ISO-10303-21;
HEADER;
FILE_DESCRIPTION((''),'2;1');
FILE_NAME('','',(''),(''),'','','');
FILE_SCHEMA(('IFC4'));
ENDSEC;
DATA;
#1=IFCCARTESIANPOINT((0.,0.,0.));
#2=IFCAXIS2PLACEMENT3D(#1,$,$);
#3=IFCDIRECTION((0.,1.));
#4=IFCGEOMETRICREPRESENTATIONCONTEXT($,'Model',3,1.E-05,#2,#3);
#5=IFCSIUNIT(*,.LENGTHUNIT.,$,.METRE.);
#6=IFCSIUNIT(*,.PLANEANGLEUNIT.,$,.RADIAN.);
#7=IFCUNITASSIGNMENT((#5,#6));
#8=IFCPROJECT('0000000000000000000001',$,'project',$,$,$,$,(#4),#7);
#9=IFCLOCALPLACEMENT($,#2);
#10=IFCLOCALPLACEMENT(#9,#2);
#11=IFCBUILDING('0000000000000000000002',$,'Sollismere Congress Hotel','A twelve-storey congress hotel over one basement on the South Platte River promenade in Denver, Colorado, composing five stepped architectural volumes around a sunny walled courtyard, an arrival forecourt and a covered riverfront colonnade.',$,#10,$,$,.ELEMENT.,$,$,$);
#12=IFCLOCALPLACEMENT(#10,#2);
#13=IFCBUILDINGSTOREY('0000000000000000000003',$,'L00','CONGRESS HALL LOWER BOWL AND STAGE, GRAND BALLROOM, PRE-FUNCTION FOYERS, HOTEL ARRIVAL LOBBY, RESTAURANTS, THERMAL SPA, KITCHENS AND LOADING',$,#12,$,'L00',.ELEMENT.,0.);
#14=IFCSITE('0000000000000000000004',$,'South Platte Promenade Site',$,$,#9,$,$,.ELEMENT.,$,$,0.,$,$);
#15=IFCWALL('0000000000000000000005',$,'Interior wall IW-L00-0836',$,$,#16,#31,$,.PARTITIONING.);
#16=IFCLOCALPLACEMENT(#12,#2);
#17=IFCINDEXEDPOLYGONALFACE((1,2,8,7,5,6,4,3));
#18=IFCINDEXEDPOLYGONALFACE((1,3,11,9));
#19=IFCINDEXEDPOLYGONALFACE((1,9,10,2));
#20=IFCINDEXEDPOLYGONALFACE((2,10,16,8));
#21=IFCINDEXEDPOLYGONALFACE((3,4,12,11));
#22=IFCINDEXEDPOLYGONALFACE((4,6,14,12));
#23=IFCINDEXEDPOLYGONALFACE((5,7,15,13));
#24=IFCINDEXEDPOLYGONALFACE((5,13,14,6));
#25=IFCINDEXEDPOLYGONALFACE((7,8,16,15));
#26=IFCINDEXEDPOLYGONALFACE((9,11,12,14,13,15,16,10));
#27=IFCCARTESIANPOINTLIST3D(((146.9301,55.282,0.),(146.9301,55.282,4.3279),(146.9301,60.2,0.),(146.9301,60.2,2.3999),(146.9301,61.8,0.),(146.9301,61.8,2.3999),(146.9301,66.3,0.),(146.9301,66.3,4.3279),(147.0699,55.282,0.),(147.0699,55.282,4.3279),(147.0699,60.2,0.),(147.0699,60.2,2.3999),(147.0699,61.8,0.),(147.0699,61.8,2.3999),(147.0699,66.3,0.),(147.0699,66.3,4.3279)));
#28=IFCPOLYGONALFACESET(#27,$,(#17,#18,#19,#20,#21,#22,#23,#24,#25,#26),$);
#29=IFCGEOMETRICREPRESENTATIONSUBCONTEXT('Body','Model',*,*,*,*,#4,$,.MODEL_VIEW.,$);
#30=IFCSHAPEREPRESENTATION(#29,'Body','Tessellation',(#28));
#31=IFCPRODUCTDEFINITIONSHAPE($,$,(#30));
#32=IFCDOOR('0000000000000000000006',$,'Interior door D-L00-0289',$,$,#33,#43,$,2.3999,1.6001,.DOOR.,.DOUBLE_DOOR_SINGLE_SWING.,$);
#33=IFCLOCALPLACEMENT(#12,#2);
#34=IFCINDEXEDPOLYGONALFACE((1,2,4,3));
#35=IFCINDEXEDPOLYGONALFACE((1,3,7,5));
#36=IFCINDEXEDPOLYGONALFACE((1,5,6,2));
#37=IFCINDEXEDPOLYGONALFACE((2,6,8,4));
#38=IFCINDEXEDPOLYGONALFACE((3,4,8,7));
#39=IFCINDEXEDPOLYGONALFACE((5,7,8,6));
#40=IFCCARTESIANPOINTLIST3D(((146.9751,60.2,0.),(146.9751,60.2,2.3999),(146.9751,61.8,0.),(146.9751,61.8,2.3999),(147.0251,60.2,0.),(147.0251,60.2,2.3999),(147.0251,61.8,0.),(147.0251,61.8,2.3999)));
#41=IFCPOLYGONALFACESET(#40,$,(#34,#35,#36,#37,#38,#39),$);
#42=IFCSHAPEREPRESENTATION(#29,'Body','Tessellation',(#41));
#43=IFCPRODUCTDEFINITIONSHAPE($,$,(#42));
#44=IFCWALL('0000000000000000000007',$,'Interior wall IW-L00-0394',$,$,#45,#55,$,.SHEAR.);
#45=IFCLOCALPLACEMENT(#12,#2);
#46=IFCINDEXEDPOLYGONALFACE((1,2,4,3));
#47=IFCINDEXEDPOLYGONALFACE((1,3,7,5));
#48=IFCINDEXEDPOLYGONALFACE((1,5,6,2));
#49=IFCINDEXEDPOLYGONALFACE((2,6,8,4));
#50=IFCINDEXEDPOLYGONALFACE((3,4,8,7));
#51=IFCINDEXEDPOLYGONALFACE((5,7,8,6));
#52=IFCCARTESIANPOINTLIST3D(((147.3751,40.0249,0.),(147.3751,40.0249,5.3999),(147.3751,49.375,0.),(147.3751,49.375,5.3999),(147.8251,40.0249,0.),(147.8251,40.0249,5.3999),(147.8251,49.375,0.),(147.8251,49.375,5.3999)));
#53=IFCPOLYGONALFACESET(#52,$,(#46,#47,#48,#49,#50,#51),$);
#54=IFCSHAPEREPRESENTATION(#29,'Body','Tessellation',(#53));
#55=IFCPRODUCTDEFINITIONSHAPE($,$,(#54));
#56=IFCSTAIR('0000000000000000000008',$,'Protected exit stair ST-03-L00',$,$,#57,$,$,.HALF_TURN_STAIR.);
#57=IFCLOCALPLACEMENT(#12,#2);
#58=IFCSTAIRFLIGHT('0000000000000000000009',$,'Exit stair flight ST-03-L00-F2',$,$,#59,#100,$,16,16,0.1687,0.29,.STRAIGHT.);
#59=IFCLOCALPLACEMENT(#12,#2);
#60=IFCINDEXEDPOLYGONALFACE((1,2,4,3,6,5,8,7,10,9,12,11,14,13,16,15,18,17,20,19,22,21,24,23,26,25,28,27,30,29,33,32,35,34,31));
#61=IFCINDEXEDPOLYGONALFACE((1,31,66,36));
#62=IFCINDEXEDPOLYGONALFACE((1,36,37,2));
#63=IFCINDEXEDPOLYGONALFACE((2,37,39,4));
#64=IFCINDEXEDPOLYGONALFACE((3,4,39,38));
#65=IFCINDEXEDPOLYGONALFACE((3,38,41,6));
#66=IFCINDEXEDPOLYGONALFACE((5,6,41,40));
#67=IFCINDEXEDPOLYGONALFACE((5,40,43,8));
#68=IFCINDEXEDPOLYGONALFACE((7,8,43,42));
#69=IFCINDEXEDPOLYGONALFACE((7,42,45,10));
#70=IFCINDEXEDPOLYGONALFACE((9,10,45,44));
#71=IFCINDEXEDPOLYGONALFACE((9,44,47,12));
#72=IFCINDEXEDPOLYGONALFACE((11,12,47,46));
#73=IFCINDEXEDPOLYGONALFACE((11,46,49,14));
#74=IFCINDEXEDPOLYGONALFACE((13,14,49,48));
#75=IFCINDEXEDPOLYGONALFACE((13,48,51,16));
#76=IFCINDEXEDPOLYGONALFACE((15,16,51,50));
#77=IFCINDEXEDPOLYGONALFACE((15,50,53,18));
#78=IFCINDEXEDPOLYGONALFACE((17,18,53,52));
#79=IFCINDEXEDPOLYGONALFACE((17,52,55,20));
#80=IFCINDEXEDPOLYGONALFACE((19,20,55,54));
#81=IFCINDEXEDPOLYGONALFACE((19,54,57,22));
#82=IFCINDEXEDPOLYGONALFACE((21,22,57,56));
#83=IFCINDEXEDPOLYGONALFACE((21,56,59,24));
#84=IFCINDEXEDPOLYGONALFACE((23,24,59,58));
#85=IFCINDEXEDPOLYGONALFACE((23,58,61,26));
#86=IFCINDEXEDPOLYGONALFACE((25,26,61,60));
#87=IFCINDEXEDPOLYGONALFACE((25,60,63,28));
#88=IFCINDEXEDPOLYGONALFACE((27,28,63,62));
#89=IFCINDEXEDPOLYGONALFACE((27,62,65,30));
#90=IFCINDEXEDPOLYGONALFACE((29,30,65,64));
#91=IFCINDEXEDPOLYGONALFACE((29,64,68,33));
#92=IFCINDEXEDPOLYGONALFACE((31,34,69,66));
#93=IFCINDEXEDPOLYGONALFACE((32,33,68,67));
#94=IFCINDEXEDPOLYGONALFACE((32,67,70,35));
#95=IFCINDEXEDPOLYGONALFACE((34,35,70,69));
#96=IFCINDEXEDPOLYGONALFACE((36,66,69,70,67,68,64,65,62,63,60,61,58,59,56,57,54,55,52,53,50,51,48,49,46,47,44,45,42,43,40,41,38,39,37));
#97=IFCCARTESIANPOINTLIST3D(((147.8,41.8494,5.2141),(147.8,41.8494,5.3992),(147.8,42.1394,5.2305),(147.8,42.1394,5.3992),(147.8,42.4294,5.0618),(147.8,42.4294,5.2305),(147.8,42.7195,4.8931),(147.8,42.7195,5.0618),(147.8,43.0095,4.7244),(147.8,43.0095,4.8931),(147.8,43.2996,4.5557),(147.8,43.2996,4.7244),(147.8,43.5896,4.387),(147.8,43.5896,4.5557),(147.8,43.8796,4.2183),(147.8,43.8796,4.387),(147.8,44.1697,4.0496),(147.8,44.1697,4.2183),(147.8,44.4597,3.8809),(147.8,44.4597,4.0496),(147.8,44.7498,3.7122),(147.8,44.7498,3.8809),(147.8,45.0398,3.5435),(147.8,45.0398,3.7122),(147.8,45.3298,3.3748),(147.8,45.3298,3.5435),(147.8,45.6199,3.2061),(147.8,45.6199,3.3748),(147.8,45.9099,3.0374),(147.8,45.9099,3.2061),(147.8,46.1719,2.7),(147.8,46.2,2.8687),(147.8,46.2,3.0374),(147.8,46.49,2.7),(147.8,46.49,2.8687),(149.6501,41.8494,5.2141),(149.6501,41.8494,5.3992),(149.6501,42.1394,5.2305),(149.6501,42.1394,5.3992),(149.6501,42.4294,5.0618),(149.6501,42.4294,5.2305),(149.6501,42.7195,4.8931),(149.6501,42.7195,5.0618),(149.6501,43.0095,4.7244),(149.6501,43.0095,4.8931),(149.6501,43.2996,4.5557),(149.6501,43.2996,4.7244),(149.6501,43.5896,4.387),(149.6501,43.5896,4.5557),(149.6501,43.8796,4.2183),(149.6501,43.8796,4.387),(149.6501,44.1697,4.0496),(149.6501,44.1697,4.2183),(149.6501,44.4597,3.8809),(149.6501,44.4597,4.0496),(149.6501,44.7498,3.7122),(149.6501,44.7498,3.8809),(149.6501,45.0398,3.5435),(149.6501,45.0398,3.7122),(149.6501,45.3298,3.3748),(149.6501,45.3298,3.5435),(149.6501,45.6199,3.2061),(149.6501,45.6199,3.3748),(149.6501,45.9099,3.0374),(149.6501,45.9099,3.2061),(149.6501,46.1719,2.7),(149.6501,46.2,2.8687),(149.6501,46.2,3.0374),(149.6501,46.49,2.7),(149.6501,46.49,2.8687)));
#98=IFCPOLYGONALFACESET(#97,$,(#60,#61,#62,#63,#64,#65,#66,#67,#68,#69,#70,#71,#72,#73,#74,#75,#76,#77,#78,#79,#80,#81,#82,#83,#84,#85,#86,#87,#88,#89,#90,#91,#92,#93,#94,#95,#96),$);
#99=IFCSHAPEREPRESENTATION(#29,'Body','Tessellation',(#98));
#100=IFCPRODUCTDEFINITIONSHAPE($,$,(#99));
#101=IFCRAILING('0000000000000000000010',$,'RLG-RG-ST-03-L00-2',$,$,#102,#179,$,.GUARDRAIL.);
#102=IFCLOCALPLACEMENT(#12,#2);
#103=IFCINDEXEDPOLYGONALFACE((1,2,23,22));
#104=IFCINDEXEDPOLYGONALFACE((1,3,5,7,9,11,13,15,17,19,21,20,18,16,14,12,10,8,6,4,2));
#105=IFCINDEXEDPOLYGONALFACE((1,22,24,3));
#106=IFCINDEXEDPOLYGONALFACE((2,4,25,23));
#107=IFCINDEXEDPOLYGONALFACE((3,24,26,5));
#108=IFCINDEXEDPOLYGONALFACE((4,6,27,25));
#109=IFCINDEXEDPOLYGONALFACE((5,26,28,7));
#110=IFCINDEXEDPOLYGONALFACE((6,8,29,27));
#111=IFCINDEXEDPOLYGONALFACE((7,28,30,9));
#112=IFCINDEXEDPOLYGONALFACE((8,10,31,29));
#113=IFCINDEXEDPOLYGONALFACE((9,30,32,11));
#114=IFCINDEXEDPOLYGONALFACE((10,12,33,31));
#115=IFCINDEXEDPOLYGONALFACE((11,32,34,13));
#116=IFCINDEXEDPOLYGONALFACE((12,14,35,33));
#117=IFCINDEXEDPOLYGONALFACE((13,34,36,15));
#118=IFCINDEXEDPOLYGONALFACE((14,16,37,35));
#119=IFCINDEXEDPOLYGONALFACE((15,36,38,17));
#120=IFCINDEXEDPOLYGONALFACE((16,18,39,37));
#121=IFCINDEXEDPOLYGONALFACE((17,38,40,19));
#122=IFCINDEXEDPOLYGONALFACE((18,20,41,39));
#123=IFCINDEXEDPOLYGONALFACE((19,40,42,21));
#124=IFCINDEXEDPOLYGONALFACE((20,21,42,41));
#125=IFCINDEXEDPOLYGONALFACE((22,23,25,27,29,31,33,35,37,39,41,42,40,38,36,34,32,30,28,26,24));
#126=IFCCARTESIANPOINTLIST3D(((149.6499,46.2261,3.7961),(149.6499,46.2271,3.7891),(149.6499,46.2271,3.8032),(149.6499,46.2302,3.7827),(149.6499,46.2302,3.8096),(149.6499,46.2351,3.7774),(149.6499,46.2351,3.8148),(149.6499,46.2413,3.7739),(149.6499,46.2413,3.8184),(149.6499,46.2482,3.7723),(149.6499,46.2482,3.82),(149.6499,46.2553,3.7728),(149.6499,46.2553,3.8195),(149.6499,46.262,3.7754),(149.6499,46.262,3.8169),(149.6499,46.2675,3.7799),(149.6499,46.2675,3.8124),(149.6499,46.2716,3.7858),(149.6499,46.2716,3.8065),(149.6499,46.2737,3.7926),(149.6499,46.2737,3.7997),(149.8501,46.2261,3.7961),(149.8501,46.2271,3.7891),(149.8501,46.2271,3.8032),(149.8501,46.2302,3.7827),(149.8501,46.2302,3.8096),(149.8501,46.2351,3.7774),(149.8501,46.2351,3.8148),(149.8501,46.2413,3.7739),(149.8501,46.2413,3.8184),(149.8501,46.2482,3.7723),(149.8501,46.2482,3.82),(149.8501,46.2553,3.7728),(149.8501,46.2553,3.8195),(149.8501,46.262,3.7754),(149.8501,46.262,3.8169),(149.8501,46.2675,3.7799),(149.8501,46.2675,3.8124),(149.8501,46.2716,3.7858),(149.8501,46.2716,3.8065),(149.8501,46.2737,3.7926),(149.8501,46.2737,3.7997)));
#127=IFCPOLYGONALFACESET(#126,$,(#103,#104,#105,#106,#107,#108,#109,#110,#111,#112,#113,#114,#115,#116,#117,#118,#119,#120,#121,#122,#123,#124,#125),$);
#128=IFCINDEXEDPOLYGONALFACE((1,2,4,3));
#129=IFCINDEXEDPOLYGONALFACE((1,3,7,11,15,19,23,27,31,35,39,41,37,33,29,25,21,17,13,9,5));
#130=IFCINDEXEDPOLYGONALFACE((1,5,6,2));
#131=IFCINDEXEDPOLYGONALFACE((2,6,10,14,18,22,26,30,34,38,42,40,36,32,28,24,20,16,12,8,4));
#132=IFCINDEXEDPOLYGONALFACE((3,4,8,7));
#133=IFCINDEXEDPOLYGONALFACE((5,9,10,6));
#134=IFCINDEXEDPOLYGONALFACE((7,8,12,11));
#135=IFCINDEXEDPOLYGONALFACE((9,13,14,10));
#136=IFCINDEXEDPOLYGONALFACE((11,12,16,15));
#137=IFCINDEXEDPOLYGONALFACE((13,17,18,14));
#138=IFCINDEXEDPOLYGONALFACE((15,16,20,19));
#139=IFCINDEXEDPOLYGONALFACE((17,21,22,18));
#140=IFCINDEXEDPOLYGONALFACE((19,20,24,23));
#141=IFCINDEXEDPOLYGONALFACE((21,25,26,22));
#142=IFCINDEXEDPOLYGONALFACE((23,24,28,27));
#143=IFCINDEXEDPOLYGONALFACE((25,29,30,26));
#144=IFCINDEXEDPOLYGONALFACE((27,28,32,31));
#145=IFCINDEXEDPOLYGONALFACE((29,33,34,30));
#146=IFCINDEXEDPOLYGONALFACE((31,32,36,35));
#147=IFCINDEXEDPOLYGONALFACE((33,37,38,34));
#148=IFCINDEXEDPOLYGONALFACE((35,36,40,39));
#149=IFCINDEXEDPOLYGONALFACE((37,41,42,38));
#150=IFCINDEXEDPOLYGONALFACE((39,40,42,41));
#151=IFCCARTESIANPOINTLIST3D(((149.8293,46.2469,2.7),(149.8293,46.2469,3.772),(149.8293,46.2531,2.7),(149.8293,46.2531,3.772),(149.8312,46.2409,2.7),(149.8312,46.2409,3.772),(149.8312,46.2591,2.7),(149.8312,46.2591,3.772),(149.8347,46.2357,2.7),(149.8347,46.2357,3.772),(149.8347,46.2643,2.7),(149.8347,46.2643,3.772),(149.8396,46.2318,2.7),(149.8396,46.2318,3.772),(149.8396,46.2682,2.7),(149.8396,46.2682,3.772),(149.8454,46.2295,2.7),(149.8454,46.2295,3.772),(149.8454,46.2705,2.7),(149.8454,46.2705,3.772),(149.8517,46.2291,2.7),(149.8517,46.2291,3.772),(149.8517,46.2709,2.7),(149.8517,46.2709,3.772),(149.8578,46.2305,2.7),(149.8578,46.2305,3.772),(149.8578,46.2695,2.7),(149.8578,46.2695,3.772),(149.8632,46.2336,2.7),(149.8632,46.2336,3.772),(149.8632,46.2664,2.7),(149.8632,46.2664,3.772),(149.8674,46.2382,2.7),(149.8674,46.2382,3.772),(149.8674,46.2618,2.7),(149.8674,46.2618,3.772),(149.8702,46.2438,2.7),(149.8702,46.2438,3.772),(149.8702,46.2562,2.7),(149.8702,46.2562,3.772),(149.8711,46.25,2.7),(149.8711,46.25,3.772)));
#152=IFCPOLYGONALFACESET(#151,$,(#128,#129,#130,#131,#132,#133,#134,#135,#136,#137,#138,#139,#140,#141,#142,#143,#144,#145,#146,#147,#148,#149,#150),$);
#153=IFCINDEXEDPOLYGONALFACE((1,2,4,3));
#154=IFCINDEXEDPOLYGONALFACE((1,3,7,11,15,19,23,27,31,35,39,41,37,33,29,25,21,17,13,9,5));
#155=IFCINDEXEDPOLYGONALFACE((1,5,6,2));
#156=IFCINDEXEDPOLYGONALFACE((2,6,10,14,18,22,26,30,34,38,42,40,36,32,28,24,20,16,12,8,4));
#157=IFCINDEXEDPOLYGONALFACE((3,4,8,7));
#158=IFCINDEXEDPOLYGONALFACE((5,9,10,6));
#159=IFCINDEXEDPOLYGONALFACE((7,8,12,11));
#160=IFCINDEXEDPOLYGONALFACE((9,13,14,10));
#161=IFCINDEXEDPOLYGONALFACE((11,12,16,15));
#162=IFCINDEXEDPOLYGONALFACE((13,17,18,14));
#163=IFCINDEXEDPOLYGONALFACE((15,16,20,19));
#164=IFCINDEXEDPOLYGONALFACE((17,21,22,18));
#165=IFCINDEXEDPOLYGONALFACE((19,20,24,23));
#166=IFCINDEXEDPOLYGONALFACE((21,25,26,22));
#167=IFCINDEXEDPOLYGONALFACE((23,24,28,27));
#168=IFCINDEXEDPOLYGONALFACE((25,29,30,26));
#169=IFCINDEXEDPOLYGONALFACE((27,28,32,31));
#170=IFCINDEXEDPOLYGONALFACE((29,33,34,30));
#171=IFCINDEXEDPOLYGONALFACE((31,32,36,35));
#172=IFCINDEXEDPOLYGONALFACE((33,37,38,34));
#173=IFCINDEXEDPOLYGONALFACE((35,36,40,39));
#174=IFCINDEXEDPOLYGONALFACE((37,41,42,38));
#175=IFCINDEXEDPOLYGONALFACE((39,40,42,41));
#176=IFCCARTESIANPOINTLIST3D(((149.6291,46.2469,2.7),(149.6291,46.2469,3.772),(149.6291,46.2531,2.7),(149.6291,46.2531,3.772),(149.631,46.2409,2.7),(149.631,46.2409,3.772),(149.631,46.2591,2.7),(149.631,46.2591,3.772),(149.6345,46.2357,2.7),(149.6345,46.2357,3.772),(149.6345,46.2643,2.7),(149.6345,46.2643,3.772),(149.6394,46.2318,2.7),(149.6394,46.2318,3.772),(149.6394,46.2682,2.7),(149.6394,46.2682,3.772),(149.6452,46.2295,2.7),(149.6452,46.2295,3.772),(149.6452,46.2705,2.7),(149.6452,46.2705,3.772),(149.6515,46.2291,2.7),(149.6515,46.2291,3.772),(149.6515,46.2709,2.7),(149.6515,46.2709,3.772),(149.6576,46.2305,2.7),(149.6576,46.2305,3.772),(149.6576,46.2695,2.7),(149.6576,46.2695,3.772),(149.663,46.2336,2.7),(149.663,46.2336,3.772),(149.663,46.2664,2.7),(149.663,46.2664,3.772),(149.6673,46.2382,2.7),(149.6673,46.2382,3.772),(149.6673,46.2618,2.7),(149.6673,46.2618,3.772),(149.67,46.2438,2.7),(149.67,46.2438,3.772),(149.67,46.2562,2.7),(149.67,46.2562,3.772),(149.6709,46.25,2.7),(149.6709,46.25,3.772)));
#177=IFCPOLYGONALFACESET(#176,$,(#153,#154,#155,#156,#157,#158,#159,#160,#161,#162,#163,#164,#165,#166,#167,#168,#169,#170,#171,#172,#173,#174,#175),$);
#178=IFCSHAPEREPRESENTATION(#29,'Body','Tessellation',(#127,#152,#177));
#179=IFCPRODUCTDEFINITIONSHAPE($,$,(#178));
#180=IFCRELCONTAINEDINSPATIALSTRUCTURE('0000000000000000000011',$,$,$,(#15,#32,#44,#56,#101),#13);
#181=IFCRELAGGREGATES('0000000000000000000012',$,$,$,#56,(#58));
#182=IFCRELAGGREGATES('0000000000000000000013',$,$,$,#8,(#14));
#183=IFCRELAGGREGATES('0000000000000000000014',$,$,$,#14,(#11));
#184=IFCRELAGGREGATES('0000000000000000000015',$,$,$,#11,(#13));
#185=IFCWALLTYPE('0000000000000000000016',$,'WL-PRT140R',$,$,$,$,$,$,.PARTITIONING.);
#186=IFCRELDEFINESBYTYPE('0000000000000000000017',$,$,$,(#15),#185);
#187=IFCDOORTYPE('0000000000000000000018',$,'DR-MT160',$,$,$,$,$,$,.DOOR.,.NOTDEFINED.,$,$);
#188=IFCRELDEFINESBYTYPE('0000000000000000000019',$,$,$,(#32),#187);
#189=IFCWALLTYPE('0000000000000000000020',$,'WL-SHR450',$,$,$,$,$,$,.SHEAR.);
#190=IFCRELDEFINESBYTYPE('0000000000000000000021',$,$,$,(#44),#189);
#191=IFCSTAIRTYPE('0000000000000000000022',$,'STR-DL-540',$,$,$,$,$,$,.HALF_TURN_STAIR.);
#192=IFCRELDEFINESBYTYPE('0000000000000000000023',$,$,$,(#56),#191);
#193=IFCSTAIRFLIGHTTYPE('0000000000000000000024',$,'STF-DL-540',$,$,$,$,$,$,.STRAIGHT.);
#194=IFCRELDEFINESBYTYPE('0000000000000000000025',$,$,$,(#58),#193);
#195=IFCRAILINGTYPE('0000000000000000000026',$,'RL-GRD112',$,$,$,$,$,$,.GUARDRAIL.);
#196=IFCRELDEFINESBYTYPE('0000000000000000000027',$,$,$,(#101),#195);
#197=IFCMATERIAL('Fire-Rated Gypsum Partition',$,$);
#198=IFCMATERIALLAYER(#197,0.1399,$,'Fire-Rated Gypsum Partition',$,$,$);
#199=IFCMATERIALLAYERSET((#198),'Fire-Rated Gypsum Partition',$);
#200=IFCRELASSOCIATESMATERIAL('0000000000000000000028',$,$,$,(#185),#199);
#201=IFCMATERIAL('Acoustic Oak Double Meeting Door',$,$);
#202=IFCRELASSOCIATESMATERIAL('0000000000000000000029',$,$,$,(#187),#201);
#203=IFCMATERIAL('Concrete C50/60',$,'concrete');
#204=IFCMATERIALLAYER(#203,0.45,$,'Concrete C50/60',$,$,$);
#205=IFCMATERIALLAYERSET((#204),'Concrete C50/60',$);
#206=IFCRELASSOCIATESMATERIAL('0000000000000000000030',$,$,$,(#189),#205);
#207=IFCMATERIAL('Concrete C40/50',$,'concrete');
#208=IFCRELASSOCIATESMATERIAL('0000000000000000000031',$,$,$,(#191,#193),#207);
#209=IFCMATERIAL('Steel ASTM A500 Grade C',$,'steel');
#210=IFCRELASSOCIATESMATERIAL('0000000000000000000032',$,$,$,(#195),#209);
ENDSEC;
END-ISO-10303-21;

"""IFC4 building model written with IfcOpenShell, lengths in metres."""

from ifc_helpers import new_model, si_unit, direction, frame, frame_2d, origin, origin_2d, place, context, subcontext, project, spatial, polyline, rectangle, circle, outline, extrude, material, layer, layer_set, type_object, element, fill, aggregate, save


model = new_model("IFC4")

# Units and contexts
model_context = context("Model", 3, precision=1e-05, world=origin(), true_north=direction((0.0, 1.0)))
body_context = subcontext(model_context, "Body", "Model", "MODEL_VIEW")
ifc_project = project(units=[si_unit("LENGTHUNIT", "METRE"), si_unit("PLANEANGLEUNIT", "RADIAN")], contexts=[model_context])

# Site, building, storey
site_placement = place(None, origin())
site = spatial("IfcSite", under=ifc_project, at=site_placement, Name="South Platte Promenade Site", CompositionType="ELEMENT", RefElevation=0.0)
building_placement = place(site_placement, origin())
building = spatial("IfcBuilding", under=site, at=building_placement, Name="Sollismere Congress Hotel", Description="A twelve-storey congress hotel over one basement on the South Platte River promenade in Denver, Colorado, composing five stepped architectural volumes around a sunny walled courtyard, an arrival forecourt and a covered riverfront colonnade.", CompositionType="ELEMENT")
storey_placement = place(building_placement, origin())
storey = spatial("IfcBuildingStorey", under=building, at=storey_placement, Name="L00", Description="CONGRESS HALL LOWER BOWL AND STAGE, GRAND BALLROOM, PRE-FUNCTION FOYERS, HOTEL ARRIVAL LOBBY, RESTAURANTS, THERMAL SPA, KITCHENS AND LOADING", LongName="L00", CompositionType="ELEMENT", Elevation=0.0)

# Wall, opening, door
ifc_material_1 = material(Name="Fire-Rated Gypsum Partition")
ifc_layer_1 = layer(ifc_material_1, 0.1399, Name="Fire-Rated Gypsum Partition")
ifc_layer_set_1 = layer_set([ifc_layer_1], Name="Fire-Rated Gypsum Partition")
wall_type_1 = type_object("IfcWallType", Name="WL-PRT140R", PredefinedType="PARTITIONING", material=ifc_layer_set_1)
ifc_material_2 = material(Name="Acoustic Oak Double Meeting Door")
door_type = type_object("IfcDoorType", Name="DR-MT160", OperationType="NOTDEFINED", PredefinedType="DOOR", material=ifc_material_2)
wall_1_placement = place(storey_placement, frame((147.0, 55.282, 0.0), z_axis=(0.0, 0.0, 1.0), x_axis=(0.0, 1.0, 0.0)))
wall_1 = element("IfcWall", 1, at=wall_1_placement, inside=storey, type_object=wall_type_1, Name="Interior wall IW-L00-0836", PredefinedType="PARTITIONING", context=body_context, shape_type="SweptSolid", body=[
    extrude(rectangle(XDim=11.0181, YDim=0.1399, at=frame_2d((5.509, 0.0))), origin(), (0.0, 0.0, 1.0), 4.3279),
])
opening_1_placement = place(wall_1_placement, frame((4.918, 0.0, 0.0)))
opening_1 = element("IfcOpeningElement", 2, at=opening_1_placement, cuts=wall_1, PredefinedType="OPENING", context=body_context, shape_type="SweptSolid", body=[
    extrude(rectangle(XDim=1.6001, YDim=2.3999, at=frame_2d((0.8, 1.2))), frame((0.0, 0.0798, 0.0), z_axis=(0.0, -1.0, 0.0), x_axis=(1.0, 0.0, 0.0)), (0.0, 0.0, 1.0), 0.1599),
])
door_1_placement = place(opening_1_placement, origin())
door_1 = element("IfcDoor", 3, at=door_1_placement, inside=storey, type_object=door_type, Name="Interior door D-L00-0289", OperationType="DOUBLE_DOOR_SINGLE_SWING", OverallHeight=2.3999, OverallWidth=1.6001, PredefinedType="DOOR", context=body_context, shape_type="SweptSolid", body=[
    extrude(rectangle(XDim=1.6001, YDim=2.3999, at=frame_2d((0.8, 1.2))), frame((0.0, 0.0249, 0.0), z_axis=(0.0, -1.0, 0.0), x_axis=(1.0, 0.0, 0.0)), (0.0, 0.0, 1.0), 0.05),
])
fill(opening_1, door_1)

# Wall
ifc_material_3 = material(Name="Concrete C50/60", Category="concrete")
ifc_layer_2 = layer(ifc_material_3, 0.45, Name="Concrete C50/60")
ifc_layer_set_2 = layer_set([ifc_layer_2], Name="Concrete C50/60")
wall_type_2 = type_object("IfcWallType", Name="WL-SHR450", PredefinedType="SHEAR", material=ifc_layer_set_2)
wall_2_placement = place(storey_placement, frame((147.6001, 49.375, 0.0), z_axis=(0.0, 0.0, 1.0), x_axis=(0.0, -1.0, 0.0)))
element("IfcWall", 4, at=wall_2_placement, inside=storey, type_object=wall_type_2, Name="Interior wall IW-L00-0394", PredefinedType="SHEAR", context=body_context, shape_type="SweptSolid", body=[
    extrude(rectangle(XDim=9.3501, YDim=0.45, at=frame_2d((4.675, 0.0))), origin(), (0.0, 0.0, 1.0), 5.3999),
])

# Stair, stair flight
ifc_material_4 = material(Name="Concrete C40/50", Category="concrete")
stair_type = type_object("IfcStairType", Name="STR-DL-540", PredefinedType="HALF_TURN_STAIR", material=ifc_material_4)
stair_placement = place(storey_placement, origin())
stair = element("IfcStair", 5, at=stair_placement, inside=storey, type_object=stair_type, Name="Protected exit stair ST-03-L00", PredefinedType="HALF_TURN_STAIR")
stair_flight_type = type_object("IfcStairFlightType", Name="STF-DL-540", PredefinedType="STRAIGHT", material=ifc_material_4)
stair_flight_placement = place(storey_placement, frame((148.7251, 46.49, 2.7), z_axis=(0.0, 0.0, 1.0), x_axis=(0.0, -1.0, 0.0)))
stair_flight = element("IfcStairFlight", 6, at=stair_flight_placement, type_object=stair_flight_type, Name="Exit stair flight ST-03-L00-F2", NumberOfRisers=16, NumberOfTreads=16, PredefinedType="STRAIGHT", RiserHeight=0.1687, TreadLength=0.29, context=body_context, shape_type="SweptSolid", body=[
    extrude(outline(polyline([(0.0, 0.0), (0.0, 0.1687), (0.29, 0.1687), (0.29, 0.3374), (0.5801, 0.3374), (0.5801, 0.5061), (0.8701, 0.5061), (0.8701, 0.6748), (1.1602, 0.6748), (1.1602, 0.8435), (1.4502, 0.8435), (1.4502, 1.0122), (1.7402, 1.0122), (1.7402, 1.1809), (2.0303, 1.1809), (2.0303, 1.3496), (2.3203, 1.3496), (2.3203, 1.5183), (2.6104, 1.5183), (2.6104, 1.687), (2.9004, 1.687), (2.9004, 1.8557), (3.1904, 1.8557), (3.1904, 2.0244), (3.4805, 2.0244), (3.4805, 2.1931), (3.7705, 2.1931), (3.7705, 2.3618), (4.0605, 2.3618), (4.0605, 2.5305), (4.3506, 2.5305), (4.3506, 2.6992), (4.6406, 2.6992), (4.6406, 2.5142), (0.3181, 0.0), (0.0, 0.0)])), frame((0.0, 0.925, 0.0), z_axis=(0.0, -1.0, 0.0), x_axis=(1.0, 0.0, 0.0)), (0.0, 0.0, 1.0), 1.8501),
])
aggregate(stair, [stair_flight])

# Railing
ifc_material_5 = material(Name="Steel ASTM A500 Grade C", Category="steel")
railing_type_1 = type_object("IfcRailingType", Name="RL-GRD112", PredefinedType="GUARDRAIL", material=ifc_material_5)
railing_1_placement = place(storey_placement, frame((149.8501, 46.25, 2.7)))
element("IfcRailing", 7, at=railing_1_placement, inside=storey, type_object=railing_type_1, Name="RLG-RG-ST-03-L00-2", PredefinedType="GUARDRAIL", context=body_context, shape_type="SweptSolid", body=[
    extrude(circle(Radius=0.0239, at=origin_2d()), frame((0.0, 0.0, 1.0962), z_axis=(-1.0, 0.0, 0.0), x_axis=(0.0, -1.0, 0.0)), (0.0, 0.0, 1.0), 0.2002),
    extrude(circle(Radius=0.021, at=origin_2d()), origin(), (0.0, 0.0, 1.0), 1.072),
    extrude(circle(Radius=0.021, at=origin_2d()), frame((-0.2002, 0.0, 0.0)), (0.0, 0.0, 1.0), 1.072),
])

save(model, "model.ifc")
